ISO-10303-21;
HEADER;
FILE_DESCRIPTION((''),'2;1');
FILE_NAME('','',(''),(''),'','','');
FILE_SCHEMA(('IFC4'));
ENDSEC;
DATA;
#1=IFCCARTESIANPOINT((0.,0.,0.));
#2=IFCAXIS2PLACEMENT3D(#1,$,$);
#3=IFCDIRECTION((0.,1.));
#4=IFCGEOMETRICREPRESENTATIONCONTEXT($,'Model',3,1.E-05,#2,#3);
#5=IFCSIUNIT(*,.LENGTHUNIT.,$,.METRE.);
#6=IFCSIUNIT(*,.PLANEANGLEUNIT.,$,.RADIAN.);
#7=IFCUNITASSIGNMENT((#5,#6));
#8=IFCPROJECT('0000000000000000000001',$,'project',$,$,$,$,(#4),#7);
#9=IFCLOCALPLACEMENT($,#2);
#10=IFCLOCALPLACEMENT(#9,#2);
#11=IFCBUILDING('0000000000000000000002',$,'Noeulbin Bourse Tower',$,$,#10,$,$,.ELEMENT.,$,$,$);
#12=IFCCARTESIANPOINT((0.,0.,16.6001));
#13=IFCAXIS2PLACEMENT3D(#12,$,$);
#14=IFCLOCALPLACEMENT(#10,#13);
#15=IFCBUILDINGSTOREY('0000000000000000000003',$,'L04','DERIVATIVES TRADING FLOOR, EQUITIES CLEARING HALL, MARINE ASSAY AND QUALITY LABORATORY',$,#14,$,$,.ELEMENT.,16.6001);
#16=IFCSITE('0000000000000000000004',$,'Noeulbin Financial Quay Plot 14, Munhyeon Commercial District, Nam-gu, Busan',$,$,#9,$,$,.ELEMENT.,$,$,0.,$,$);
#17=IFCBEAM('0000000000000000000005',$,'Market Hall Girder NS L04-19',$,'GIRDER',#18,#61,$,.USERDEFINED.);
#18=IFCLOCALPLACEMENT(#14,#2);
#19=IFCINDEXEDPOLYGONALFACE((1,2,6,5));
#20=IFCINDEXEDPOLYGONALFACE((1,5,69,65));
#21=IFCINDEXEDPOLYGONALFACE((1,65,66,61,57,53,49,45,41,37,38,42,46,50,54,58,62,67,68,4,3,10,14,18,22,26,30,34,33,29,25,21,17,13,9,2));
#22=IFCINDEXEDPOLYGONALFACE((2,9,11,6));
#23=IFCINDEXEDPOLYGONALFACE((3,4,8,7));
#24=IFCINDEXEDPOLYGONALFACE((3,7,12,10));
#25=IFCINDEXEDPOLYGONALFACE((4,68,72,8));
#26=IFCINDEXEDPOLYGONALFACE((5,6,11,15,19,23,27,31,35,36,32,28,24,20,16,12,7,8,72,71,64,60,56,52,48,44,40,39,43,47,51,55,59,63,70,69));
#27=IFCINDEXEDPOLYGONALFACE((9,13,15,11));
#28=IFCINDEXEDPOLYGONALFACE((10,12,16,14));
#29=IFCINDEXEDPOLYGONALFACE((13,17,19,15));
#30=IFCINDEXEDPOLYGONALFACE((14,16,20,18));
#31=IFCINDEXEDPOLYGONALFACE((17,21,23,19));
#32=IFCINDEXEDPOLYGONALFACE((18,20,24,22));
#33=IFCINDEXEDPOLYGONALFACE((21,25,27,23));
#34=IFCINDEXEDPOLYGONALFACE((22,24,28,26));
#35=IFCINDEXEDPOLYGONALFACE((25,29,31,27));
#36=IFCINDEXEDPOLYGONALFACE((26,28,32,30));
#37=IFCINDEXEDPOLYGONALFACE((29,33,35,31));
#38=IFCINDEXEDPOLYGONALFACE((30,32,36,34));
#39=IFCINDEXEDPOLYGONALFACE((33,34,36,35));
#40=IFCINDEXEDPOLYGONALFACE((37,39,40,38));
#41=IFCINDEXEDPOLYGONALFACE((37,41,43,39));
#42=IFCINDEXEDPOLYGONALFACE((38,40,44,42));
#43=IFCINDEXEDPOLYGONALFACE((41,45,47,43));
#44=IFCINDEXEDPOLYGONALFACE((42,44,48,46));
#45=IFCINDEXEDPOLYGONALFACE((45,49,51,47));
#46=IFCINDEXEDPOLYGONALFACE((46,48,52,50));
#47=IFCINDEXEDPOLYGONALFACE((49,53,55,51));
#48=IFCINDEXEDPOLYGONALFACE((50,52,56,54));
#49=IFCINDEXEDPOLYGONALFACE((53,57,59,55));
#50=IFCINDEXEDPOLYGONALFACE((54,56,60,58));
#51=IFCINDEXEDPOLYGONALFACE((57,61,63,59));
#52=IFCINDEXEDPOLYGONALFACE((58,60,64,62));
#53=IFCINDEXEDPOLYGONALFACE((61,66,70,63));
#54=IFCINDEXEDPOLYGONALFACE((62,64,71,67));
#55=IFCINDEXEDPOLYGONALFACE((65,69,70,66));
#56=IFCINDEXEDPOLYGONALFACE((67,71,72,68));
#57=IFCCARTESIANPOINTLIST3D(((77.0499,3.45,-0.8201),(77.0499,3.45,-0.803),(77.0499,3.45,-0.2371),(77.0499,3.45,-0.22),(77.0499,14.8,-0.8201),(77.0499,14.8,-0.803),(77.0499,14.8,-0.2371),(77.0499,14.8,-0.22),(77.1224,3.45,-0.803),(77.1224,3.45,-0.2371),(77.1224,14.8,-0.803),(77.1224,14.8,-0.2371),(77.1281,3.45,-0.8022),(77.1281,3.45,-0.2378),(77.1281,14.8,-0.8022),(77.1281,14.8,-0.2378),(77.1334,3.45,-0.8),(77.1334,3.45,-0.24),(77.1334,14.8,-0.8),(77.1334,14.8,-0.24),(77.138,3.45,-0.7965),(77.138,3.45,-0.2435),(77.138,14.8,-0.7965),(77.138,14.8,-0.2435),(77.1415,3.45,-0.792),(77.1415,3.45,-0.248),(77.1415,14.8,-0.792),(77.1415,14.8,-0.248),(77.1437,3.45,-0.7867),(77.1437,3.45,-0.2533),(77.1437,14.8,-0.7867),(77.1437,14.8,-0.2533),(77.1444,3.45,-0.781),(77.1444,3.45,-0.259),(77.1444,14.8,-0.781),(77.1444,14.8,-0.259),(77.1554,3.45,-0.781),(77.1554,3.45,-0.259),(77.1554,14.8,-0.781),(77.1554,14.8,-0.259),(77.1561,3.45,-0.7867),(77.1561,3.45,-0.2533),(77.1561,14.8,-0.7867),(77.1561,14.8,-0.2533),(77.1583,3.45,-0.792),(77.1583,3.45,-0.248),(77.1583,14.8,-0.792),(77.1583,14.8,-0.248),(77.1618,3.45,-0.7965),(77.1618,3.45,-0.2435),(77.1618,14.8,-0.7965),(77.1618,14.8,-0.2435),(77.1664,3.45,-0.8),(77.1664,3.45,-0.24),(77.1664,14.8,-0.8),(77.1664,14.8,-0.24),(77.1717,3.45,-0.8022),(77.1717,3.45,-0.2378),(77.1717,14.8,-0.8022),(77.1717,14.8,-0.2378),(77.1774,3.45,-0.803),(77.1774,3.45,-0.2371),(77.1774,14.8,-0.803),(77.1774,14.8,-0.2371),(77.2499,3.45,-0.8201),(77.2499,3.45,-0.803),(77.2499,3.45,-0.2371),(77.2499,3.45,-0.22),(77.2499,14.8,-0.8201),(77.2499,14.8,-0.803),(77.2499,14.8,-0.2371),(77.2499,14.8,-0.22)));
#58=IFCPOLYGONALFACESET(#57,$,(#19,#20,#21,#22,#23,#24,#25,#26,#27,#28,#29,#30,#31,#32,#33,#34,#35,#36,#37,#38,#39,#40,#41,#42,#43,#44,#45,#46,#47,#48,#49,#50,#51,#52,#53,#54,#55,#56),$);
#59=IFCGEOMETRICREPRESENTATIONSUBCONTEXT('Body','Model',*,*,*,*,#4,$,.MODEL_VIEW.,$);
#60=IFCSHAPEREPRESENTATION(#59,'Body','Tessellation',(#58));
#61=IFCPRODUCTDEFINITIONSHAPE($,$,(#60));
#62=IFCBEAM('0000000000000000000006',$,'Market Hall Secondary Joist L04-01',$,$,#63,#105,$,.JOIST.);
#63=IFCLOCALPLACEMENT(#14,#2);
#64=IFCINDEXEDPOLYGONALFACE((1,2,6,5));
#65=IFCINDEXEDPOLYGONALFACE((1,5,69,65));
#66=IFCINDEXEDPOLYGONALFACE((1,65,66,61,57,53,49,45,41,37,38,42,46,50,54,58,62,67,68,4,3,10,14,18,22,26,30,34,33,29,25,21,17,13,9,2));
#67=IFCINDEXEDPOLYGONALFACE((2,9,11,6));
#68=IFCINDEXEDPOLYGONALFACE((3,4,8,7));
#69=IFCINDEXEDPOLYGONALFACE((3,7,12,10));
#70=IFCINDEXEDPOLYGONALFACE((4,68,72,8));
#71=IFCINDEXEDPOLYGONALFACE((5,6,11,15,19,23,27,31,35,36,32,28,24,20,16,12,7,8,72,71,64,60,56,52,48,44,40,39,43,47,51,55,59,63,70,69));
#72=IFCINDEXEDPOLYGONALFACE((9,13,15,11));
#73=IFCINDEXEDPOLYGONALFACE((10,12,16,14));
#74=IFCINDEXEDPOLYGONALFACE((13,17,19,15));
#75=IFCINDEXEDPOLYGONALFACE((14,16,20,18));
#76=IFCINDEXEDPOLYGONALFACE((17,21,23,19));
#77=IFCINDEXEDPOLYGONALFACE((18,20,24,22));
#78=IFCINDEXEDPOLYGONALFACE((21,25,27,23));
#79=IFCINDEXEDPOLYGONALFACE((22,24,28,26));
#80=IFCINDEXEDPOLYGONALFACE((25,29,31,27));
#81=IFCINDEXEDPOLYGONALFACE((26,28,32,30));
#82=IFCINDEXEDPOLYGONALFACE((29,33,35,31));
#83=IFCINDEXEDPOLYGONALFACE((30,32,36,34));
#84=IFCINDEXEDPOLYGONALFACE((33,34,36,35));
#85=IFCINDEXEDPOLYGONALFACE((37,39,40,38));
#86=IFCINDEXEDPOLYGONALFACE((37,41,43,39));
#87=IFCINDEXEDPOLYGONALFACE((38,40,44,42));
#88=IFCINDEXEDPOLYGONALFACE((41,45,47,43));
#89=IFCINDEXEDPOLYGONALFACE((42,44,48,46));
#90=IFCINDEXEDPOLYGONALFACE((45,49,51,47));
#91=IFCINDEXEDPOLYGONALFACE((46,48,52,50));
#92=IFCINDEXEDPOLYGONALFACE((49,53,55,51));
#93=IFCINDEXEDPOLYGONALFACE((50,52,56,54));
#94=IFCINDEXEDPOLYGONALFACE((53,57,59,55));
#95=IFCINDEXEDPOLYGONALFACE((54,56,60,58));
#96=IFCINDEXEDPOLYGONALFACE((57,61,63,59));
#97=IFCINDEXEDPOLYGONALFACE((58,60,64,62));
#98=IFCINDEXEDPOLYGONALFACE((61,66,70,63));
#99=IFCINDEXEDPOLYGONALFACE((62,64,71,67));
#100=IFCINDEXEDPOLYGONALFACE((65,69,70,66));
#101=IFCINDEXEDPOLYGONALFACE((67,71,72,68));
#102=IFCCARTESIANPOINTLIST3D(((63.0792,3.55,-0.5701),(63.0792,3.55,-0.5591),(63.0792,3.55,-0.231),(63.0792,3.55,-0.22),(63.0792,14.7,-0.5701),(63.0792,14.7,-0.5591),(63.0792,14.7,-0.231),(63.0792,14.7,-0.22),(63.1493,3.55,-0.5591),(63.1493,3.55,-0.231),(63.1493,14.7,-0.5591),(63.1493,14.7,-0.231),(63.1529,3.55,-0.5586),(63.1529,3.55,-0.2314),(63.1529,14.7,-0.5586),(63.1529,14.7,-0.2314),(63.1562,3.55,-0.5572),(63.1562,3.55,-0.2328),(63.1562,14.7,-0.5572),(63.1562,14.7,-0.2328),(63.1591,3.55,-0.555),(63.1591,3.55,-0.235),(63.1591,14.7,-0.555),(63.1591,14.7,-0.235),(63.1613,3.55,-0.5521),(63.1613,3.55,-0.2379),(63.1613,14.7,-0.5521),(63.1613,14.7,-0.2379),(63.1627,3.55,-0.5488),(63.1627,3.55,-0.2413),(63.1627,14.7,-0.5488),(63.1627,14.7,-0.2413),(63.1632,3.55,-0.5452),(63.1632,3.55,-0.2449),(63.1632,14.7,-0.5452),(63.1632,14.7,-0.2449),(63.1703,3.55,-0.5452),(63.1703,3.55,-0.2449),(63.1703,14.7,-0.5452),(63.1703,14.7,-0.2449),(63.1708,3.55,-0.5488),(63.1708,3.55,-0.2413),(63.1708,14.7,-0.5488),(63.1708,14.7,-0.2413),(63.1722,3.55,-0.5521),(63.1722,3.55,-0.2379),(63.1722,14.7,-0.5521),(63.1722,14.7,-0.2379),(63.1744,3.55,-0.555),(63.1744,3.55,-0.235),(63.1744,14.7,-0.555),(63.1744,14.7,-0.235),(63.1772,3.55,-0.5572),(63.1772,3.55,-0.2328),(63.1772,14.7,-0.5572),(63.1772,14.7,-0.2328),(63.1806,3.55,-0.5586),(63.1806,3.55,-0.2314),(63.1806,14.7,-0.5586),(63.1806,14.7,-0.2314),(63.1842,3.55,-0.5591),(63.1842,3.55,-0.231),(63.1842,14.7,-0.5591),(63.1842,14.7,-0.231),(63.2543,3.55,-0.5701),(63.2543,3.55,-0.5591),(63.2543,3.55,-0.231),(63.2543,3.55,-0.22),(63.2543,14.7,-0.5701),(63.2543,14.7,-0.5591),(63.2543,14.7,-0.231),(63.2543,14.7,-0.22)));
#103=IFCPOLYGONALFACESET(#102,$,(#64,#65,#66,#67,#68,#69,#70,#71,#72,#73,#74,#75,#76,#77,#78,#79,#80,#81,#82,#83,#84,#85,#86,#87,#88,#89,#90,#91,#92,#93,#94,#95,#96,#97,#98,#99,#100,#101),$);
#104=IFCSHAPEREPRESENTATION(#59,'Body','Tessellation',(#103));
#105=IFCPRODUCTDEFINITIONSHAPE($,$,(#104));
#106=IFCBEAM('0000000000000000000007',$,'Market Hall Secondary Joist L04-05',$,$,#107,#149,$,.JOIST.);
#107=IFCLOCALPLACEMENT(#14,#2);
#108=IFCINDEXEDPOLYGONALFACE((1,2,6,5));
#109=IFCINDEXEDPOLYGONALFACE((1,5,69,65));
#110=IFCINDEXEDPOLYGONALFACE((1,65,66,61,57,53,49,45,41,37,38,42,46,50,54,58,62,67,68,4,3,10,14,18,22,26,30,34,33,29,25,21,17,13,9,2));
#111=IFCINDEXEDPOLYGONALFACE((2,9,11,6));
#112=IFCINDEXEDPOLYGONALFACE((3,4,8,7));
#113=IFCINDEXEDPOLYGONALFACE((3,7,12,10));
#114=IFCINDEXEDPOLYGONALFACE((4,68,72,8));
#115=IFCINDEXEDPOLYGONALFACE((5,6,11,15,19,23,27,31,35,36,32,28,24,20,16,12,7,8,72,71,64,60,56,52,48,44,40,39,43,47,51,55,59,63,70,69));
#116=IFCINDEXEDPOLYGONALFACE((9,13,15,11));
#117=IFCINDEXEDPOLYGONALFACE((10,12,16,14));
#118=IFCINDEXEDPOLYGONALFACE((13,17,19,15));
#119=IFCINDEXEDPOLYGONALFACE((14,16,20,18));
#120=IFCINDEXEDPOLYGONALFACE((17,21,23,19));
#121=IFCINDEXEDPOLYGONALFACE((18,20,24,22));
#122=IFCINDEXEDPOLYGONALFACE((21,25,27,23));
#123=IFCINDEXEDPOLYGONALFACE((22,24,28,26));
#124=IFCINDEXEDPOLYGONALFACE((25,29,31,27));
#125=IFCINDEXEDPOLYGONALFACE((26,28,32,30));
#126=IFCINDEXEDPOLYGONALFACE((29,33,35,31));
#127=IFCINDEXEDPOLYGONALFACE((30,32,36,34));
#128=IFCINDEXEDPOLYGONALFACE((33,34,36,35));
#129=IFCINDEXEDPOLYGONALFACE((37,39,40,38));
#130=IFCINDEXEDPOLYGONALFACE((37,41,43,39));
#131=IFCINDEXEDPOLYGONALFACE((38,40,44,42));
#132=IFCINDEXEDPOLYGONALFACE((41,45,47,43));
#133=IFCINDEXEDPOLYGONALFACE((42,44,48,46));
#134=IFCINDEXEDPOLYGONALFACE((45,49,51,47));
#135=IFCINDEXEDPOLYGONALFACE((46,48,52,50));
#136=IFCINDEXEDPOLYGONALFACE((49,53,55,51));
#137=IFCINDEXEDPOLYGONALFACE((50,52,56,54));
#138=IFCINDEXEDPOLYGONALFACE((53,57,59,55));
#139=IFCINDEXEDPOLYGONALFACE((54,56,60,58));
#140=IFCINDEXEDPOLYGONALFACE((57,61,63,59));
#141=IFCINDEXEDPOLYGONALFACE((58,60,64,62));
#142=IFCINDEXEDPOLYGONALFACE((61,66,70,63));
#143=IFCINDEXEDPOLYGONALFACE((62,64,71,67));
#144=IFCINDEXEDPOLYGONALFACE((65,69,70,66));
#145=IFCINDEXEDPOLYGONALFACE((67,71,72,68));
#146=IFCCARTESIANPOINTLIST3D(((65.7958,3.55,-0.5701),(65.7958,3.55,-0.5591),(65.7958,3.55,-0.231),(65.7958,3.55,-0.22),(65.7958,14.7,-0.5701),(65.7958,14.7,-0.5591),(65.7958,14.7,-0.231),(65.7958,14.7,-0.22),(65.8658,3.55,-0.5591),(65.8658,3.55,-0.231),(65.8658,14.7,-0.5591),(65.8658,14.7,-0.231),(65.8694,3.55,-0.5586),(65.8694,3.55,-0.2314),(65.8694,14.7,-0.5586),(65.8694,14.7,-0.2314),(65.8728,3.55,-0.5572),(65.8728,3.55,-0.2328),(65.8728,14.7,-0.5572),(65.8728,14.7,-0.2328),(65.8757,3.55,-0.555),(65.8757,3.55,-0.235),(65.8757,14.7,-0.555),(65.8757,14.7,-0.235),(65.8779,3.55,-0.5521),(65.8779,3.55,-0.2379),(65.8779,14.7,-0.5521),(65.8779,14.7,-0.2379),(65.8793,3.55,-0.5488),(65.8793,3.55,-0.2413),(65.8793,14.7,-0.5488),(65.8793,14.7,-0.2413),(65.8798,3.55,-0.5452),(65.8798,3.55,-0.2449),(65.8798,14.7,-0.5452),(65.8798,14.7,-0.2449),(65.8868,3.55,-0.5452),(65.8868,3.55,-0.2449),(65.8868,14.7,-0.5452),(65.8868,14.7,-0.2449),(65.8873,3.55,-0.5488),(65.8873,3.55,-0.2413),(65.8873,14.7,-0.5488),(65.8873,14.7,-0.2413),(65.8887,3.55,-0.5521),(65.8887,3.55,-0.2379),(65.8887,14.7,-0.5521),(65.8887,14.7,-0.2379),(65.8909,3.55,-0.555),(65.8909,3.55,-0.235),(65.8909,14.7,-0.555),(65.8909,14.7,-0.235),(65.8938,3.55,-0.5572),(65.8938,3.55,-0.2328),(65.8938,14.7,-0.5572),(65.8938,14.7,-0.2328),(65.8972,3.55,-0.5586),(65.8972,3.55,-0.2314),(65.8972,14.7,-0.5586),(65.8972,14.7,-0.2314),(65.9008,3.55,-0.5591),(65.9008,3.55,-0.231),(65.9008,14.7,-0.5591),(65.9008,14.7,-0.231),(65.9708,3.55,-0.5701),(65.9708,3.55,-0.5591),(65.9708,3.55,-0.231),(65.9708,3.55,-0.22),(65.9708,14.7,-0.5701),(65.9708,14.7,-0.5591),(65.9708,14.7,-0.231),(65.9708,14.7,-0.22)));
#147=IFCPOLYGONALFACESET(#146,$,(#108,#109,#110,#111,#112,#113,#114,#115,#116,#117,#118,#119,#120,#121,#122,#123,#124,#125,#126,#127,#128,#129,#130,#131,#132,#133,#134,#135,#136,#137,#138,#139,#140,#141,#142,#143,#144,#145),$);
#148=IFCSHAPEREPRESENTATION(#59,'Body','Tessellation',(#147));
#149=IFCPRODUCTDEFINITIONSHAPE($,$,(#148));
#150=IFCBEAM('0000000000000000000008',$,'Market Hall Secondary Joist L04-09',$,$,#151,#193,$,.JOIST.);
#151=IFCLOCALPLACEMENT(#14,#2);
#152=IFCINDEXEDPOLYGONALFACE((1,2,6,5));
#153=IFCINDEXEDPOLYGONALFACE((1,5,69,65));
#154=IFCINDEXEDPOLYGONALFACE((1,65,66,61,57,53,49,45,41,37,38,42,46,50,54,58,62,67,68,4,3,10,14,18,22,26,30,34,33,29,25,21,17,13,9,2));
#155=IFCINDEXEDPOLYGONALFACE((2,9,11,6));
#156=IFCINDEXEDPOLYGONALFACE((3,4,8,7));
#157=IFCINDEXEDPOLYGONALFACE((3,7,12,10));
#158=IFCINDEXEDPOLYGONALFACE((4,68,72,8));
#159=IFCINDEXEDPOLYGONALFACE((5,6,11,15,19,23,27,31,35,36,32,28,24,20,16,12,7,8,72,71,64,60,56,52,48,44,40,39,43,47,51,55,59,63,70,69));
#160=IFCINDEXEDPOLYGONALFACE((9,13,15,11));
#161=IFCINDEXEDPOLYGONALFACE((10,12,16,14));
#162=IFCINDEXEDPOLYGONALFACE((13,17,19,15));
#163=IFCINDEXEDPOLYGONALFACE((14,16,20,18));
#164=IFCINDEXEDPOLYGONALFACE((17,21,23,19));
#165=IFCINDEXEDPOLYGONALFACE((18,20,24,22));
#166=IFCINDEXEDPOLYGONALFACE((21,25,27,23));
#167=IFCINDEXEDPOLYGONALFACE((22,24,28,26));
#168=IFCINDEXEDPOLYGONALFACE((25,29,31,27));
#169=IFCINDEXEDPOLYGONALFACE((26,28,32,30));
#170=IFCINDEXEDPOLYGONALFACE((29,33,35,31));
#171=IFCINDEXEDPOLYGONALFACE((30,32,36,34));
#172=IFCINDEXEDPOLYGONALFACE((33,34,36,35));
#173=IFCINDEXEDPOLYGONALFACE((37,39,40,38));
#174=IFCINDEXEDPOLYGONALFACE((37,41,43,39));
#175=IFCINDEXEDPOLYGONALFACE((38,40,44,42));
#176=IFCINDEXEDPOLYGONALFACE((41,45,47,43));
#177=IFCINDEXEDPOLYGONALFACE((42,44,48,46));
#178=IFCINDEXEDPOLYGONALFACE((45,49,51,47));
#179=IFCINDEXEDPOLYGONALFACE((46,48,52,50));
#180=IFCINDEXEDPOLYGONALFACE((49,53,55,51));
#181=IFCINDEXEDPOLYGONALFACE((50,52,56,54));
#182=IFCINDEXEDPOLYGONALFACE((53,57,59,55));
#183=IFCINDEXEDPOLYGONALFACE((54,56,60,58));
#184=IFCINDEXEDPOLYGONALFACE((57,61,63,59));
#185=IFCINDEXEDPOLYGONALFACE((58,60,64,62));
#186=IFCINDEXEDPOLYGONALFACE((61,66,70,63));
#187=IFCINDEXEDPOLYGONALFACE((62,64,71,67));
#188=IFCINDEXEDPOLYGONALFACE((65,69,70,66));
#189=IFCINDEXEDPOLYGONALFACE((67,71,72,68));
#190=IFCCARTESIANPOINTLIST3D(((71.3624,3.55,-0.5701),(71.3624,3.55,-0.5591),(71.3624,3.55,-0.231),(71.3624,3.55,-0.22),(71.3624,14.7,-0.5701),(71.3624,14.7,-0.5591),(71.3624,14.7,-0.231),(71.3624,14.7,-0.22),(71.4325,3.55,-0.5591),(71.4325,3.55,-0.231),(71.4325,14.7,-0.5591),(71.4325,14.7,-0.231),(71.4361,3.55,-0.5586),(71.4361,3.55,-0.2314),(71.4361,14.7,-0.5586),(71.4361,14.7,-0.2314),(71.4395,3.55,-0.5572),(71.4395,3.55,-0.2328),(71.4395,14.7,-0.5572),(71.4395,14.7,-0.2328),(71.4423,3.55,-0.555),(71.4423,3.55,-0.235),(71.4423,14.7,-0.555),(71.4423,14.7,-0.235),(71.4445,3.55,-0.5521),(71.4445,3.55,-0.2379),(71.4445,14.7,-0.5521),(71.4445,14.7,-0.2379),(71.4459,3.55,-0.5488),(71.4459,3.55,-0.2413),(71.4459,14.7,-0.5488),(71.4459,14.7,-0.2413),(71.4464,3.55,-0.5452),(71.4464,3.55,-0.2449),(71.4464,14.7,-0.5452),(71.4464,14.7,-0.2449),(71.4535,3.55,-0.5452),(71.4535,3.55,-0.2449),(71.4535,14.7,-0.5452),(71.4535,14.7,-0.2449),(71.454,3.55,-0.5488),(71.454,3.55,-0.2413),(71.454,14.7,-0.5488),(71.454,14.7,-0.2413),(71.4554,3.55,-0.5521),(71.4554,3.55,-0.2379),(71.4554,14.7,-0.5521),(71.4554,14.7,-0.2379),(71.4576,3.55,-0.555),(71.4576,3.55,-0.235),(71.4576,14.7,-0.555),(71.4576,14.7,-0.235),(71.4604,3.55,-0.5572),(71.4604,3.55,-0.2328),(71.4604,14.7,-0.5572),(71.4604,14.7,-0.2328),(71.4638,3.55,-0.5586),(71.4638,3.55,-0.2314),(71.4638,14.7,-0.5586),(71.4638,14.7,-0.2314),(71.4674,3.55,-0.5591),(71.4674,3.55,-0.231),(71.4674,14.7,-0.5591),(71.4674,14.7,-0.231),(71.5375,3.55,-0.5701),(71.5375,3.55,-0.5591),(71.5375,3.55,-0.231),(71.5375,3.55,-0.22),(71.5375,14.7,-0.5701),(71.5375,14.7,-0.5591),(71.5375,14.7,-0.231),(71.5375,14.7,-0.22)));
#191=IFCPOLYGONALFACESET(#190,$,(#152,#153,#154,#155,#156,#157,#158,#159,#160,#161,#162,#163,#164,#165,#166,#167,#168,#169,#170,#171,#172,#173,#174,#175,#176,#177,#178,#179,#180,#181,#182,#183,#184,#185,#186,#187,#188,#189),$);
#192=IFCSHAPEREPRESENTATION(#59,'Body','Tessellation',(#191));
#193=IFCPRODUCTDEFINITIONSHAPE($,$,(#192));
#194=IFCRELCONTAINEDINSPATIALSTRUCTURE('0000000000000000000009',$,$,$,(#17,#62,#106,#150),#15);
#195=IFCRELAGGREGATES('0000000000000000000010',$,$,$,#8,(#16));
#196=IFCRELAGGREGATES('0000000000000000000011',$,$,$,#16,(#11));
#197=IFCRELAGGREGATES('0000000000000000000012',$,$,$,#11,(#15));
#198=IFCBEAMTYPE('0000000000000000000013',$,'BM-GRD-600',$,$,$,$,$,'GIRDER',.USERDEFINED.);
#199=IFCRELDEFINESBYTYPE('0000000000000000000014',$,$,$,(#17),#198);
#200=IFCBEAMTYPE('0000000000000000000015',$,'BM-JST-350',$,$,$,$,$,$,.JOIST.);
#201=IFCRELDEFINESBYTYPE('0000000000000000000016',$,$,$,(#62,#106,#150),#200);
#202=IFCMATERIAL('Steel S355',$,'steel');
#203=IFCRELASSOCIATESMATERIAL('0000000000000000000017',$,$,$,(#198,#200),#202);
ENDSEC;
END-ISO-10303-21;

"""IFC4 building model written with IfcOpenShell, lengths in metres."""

from ifc_helpers import new_model, si_unit, direction, frame, origin, origin_2d, place, context, subcontext, project, spatial, i_section, extrude, material, material_profile, profile_set, type_object, element, save


model = new_model("IFC4")

# Units and contexts
model_context = context("Model", 3, precision=1e-05, world=origin(), true_north=direction((0.0, 1.0)))
body_context = subcontext(model_context, "Body", "Model", "MODEL_VIEW")
ifc_project = project(units=[si_unit("LENGTHUNIT", "METRE"), si_unit("PLANEANGLEUNIT", "RADIAN")], contexts=[model_context])

# Site, building, storey
site_placement = place(None, origin())
site = spatial("IfcSite", under=ifc_project, at=site_placement, Name="Noeulbin Financial Quay Plot 14, Munhyeon Commercial District, Nam-gu, Busan", CompositionType="ELEMENT", RefElevation=0.0)
building_placement = place(site_placement, origin())
building = spatial("IfcBuilding", under=site, at=building_placement, Name="Noeulbin Bourse Tower", CompositionType="ELEMENT")
storey_placement = place(building_placement, frame((0.0, 0.0, 16.6001)))
storey = spatial("IfcBuildingStorey", under=building, at=storey_placement, Name="L04", Description="DERIVATIVES TRADING FLOOR, EQUITIES CLEARING HALL, MARINE ASSAY AND QUALITY LABORATORY", CompositionType="ELEMENT", Elevation=16.6001)

# Shared definitions
ifc_material_1 = material(Name="Steel S355", Category="steel")

# Beams
ifc_material_profile_1 = material_profile(ifc_material_1, i_section(OverallWidth=0.2, OverallDepth=0.6001, WebThickness=0.011, FlangeThickness=0.0171, FilletRadius=0.022, at=origin_2d()), Name="H-600x200x11x17", Category="LoadBearing")
ifc_profile_set_1 = profile_set([ifc_material_profile_1], Name="Steel S355")
beam_type_1 = type_object("IfcBeamType", Name="BM-GRD-600", ElementType="GIRDER", PredefinedType="USERDEFINED", material=ifc_profile_set_1)
for number, where, z_axis, x_axis, name in (
    (1, (77.1499, 3.45, -0.52), (0.0, 1.0, 0.0), (-1.0, 0.0, 0.0), "Market Hall Girder NS L04-19"),
):
    element("IfcBeam", number, at=place(storey_placement, frame(where, z_axis=z_axis, x_axis=x_axis)), inside=storey, type_object=beam_type_1, Name=name, ObjectType="GIRDER", PredefinedType="USERDEFINED", context=body_context, shape_type="SweptSolid", body=[
        extrude(i_section(OverallWidth=0.2, OverallDepth=0.6001, WebThickness=0.011, FlangeThickness=0.0171, FilletRadius=0.022, at=origin_2d()), origin(), (0.0, 0.0, 1.0), 11.3501),
    ])
ifc_material_profile_2 = material_profile(ifc_material_1, i_section(OverallWidth=0.175, OverallDepth=0.3501, WebThickness=0.0071, FlangeThickness=0.011, FilletRadius=0.0139, at=origin_2d()), Name="H-350x175x7x11", Category="LoadBearing")
ifc_profile_set_2 = profile_set([ifc_material_profile_2], Name="Steel S355")
beam_type_2 = type_object("IfcBeamType", Name="BM-JST-350", PredefinedType="JOIST", material=ifc_profile_set_2)
for number, where, z_axis, x_axis, name in (
    (2, (63.1667, 3.55, -0.395), (0.0, 1.0, 0.0), (-1.0, 0.0, 0.0), "Market Hall Secondary Joist L04-01"),
    (3, (65.8833, 3.55, -0.395), (0.0, 1.0, 0.0), (-1.0, 0.0, 0.0), "Market Hall Secondary Joist L04-05"),
    (4, (71.45, 3.55, -0.395), (0.0, 1.0, 0.0), (-1.0, 0.0, 0.0), "Market Hall Secondary Joist L04-09"),
):
    element("IfcBeam", number, at=place(storey_placement, frame(where, z_axis=z_axis, x_axis=x_axis)), inside=storey, type_object=beam_type_2, Name=name, PredefinedType="JOIST", context=body_context, shape_type="SweptSolid", body=[
        extrude(i_section(OverallWidth=0.175, OverallDepth=0.3501, WebThickness=0.0071, FlangeThickness=0.011, FilletRadius=0.0139, at=origin_2d()), origin(), (0.0, 0.0, 1.0), 11.1499),
    ])

save(model, "model.ifc")
